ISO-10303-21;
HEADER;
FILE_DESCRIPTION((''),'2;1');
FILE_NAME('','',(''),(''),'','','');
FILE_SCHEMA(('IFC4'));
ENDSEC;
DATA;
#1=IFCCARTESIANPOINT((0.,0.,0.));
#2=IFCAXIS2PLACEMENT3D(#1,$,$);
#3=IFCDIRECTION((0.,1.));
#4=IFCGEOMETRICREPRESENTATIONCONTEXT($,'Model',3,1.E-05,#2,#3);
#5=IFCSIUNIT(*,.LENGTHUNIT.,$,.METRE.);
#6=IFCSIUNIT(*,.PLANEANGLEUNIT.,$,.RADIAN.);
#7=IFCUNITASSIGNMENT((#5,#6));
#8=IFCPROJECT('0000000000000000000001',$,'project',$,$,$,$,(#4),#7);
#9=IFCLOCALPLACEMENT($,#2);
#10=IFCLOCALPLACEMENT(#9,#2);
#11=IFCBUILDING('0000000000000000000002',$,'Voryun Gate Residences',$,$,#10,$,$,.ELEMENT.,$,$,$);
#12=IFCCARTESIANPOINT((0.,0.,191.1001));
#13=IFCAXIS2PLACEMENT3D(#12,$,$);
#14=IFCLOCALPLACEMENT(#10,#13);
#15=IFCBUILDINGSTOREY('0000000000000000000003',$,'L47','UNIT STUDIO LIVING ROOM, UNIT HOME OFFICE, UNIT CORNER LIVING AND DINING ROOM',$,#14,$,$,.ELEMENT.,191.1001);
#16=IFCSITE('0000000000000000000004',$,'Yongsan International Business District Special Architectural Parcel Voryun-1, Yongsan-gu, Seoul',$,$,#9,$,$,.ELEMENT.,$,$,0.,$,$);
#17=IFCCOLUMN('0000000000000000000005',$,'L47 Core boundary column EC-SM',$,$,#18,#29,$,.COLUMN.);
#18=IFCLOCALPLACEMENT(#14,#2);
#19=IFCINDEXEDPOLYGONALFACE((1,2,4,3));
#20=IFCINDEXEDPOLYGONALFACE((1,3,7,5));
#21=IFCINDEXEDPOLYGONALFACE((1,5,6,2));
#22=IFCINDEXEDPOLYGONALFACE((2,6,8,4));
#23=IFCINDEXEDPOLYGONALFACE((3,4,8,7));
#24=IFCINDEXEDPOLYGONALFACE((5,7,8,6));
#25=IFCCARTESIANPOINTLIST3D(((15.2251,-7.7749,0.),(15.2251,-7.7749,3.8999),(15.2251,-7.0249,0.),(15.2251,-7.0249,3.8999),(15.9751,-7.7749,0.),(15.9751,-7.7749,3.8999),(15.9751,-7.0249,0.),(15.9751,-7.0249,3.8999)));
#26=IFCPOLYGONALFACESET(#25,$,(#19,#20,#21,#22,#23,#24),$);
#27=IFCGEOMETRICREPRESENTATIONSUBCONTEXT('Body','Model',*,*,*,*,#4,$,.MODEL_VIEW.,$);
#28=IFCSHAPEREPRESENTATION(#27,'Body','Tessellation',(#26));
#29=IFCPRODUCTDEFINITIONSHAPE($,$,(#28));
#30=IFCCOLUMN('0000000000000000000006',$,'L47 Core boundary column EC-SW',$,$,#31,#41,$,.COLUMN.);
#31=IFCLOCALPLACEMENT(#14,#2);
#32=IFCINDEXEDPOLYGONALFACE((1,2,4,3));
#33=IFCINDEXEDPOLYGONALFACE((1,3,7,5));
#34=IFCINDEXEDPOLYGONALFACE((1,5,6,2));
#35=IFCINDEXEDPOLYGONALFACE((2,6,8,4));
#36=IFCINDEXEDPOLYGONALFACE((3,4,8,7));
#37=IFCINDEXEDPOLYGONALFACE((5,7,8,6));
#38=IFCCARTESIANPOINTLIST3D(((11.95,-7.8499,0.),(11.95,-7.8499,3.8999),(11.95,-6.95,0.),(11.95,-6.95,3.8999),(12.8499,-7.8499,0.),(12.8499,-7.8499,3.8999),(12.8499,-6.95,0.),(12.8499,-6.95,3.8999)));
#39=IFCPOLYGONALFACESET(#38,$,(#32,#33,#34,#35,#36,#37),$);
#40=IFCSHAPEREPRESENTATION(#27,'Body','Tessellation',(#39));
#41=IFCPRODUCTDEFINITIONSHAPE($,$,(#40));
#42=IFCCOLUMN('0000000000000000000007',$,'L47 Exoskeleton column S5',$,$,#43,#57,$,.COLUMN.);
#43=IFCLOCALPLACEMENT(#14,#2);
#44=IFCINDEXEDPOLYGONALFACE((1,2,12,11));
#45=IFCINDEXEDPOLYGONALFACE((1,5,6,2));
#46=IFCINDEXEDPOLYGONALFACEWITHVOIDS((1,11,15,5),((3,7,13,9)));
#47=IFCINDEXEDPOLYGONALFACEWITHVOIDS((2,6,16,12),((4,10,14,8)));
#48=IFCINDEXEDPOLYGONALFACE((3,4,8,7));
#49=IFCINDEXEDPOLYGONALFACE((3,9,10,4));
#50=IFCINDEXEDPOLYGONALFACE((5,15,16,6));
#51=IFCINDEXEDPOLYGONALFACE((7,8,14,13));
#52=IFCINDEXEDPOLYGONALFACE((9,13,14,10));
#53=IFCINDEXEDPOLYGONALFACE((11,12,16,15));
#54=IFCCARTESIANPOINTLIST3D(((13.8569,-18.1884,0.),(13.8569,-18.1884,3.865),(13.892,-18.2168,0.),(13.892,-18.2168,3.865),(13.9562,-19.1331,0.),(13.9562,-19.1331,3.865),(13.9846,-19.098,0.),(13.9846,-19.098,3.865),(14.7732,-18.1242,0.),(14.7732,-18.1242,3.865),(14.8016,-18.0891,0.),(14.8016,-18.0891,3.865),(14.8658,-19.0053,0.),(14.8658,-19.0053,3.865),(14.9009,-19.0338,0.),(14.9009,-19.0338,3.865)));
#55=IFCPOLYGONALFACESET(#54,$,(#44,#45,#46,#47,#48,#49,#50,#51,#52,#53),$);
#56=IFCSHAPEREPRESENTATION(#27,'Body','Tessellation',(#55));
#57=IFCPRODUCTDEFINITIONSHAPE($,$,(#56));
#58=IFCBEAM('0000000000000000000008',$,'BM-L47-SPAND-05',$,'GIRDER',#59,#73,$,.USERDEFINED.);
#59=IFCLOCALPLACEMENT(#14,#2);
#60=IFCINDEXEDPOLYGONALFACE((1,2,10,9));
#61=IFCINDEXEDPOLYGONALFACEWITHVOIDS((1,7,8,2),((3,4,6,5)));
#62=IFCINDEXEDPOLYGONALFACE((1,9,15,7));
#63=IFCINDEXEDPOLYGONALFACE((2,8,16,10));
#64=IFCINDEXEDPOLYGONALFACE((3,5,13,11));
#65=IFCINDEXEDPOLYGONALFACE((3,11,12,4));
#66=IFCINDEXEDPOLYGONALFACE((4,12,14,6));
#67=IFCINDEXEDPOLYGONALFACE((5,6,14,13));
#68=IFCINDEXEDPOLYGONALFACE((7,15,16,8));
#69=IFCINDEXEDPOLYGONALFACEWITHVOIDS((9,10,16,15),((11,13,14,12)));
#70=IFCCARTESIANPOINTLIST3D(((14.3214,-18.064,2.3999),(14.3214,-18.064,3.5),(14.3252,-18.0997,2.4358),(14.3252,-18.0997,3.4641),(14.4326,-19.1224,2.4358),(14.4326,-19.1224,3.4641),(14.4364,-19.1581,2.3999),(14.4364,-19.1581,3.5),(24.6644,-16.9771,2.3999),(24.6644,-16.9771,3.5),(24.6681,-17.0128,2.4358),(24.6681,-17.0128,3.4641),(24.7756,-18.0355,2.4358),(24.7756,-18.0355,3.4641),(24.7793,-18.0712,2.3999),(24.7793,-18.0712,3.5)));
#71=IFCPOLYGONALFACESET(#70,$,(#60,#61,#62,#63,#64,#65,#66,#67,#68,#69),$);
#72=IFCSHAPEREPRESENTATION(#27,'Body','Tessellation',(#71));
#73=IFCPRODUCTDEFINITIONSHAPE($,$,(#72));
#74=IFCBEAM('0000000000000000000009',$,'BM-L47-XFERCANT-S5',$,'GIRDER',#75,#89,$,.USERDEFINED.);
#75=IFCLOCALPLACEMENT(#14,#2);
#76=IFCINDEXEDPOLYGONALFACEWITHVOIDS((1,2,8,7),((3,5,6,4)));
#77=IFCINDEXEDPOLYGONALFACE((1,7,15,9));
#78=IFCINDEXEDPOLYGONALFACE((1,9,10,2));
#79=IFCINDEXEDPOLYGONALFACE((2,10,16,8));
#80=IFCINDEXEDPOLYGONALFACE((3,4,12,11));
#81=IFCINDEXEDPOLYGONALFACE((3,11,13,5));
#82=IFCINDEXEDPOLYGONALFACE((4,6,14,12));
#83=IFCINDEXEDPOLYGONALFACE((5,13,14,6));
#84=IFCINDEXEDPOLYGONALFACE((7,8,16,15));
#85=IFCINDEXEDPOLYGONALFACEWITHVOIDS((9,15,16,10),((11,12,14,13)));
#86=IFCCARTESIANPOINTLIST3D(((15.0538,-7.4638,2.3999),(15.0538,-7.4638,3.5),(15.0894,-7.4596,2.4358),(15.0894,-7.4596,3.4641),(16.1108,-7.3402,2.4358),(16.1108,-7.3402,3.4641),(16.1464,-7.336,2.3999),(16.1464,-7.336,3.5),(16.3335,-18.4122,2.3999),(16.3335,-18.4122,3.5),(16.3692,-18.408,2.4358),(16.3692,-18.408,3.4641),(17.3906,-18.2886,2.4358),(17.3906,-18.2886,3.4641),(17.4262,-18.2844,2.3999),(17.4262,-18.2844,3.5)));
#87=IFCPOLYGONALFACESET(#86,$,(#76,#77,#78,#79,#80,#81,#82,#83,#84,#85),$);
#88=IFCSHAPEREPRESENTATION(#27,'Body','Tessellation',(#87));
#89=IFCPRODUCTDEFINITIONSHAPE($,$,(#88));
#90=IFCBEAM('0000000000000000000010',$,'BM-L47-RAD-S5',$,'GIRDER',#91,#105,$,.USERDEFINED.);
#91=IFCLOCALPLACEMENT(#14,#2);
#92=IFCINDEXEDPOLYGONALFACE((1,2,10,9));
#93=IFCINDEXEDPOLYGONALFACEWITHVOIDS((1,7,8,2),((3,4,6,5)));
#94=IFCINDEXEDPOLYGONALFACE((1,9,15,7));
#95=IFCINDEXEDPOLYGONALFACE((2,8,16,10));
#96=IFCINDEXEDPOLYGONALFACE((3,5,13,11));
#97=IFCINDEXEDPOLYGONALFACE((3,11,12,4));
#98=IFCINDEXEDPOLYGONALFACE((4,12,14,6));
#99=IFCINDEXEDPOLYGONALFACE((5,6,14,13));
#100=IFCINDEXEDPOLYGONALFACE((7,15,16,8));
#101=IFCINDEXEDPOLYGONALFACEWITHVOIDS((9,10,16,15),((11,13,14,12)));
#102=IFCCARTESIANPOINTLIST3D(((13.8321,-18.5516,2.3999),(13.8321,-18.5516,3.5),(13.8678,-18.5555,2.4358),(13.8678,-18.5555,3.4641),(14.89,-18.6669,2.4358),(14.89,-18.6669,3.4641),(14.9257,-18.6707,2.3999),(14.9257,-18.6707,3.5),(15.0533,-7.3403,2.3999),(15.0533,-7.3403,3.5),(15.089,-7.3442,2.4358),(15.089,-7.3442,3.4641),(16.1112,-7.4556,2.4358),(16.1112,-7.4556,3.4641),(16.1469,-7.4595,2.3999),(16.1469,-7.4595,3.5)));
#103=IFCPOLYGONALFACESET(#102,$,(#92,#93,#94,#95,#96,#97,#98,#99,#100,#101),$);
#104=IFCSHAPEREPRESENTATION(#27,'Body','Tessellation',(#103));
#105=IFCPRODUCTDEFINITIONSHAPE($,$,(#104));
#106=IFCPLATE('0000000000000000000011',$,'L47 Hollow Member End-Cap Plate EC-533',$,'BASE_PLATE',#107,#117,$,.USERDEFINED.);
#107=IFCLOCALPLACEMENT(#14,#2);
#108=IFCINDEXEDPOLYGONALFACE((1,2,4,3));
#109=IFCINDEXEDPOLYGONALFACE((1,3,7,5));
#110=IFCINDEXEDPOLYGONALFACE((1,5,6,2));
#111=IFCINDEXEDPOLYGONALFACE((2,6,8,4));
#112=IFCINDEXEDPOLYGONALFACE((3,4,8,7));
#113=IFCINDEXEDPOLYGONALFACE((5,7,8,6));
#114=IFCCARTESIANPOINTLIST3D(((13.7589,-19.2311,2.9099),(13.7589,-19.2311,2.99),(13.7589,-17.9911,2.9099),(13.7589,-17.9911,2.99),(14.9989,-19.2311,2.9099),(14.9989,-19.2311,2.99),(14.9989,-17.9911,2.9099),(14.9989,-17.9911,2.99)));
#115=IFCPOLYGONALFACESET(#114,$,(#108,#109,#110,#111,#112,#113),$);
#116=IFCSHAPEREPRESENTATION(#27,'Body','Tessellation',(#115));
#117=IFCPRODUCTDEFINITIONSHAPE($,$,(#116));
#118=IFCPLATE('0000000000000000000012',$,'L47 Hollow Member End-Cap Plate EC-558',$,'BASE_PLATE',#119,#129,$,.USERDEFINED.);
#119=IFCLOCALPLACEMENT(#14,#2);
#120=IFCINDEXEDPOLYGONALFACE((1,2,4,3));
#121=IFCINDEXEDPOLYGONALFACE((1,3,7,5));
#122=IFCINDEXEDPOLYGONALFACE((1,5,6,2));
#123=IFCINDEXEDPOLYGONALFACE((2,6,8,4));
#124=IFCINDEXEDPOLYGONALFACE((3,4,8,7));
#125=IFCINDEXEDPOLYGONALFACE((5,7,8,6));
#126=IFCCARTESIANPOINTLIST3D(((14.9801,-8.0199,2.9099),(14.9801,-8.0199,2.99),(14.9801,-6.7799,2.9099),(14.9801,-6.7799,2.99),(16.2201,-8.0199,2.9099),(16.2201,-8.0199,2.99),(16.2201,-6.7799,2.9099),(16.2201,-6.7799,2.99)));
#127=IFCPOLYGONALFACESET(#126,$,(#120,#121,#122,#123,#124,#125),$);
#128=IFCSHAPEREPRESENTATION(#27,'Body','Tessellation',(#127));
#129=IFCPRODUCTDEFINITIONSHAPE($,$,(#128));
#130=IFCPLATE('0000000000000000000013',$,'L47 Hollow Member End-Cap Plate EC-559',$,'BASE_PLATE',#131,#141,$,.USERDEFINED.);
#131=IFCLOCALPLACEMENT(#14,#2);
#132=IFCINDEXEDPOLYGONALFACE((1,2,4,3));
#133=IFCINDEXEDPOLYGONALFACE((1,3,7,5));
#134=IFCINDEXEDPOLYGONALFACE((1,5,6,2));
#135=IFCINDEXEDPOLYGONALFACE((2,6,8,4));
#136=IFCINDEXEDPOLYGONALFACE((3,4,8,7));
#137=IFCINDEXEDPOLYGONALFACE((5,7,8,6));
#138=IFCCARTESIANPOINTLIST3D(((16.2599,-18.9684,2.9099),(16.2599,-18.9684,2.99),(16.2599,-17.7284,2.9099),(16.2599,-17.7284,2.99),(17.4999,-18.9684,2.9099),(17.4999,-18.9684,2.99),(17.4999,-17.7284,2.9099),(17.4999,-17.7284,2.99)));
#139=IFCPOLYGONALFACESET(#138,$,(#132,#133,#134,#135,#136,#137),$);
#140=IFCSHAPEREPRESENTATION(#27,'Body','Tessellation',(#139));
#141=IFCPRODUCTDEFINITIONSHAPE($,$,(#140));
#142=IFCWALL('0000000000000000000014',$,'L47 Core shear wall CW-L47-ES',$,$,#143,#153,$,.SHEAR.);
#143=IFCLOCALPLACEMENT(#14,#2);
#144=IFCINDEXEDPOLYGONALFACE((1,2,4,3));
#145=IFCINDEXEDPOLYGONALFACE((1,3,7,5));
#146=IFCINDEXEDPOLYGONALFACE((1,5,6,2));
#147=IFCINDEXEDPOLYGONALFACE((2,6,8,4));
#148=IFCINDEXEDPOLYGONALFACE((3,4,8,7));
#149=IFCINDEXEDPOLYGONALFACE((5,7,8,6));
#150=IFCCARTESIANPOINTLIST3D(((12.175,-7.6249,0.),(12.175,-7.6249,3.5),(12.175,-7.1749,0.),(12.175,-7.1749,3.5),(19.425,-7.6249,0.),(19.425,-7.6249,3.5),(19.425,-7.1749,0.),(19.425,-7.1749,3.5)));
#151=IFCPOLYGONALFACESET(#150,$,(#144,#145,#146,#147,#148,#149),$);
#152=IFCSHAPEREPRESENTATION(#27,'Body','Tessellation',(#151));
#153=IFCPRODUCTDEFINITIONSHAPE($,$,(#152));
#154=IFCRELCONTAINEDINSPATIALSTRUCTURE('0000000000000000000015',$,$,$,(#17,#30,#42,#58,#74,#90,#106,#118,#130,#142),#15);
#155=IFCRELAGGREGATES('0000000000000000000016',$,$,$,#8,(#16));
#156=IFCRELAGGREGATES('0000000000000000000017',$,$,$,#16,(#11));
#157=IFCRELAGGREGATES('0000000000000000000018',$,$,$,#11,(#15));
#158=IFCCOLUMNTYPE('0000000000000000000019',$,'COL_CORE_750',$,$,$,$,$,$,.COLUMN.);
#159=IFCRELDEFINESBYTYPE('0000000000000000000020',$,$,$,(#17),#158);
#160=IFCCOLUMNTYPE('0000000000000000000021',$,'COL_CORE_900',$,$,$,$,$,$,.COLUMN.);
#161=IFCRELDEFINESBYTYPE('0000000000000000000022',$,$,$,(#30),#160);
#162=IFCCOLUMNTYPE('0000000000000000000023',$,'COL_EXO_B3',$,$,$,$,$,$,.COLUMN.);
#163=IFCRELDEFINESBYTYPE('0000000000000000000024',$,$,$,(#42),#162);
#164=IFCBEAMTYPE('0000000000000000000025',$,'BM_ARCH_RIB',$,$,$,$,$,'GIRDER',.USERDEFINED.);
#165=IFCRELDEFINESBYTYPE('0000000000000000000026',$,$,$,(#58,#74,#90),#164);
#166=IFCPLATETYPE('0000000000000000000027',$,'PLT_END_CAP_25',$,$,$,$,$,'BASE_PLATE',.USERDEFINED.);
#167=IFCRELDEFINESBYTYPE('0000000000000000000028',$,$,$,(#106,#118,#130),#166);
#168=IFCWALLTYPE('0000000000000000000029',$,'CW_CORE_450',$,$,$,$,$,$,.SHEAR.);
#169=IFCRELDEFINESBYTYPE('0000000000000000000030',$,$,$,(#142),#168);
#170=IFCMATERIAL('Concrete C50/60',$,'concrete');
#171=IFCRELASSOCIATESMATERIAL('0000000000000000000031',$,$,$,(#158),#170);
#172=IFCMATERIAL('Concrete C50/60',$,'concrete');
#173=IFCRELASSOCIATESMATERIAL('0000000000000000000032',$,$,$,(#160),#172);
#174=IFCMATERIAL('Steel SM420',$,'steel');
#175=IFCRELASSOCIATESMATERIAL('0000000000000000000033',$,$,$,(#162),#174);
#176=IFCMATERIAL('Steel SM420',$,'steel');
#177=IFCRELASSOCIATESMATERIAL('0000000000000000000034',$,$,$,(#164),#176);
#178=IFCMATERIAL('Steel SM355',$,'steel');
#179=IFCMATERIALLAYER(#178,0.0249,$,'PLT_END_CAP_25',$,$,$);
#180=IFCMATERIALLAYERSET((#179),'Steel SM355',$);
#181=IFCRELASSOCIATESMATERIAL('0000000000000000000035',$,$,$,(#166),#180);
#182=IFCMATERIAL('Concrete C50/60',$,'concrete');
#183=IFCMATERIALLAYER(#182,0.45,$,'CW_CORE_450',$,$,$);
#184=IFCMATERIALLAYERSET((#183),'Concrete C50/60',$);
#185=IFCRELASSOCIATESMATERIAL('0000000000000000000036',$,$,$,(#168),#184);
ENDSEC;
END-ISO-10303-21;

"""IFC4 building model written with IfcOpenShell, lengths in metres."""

from ifc_helpers import new_model, si_unit, direction, frame, frame_2d, origin, origin_2d, place, context, subcontext, project, spatial, rectangle, hollow_rectangle, extrude, material, layer, layer_set, material_profile, profile_set, type_object, element, save


model = new_model("IFC4")

# Units and contexts
model_context = context("Model", 3, precision=1e-05, world=origin(), true_north=direction((0.0, 1.0)))
body_context = subcontext(model_context, "Body", "Model", "MODEL_VIEW")
ifc_project = project(units=[si_unit("LENGTHUNIT", "METRE"), si_unit("PLANEANGLEUNIT", "RADIAN")], contexts=[model_context])

# Site, building, storey
site_placement = place(None, origin())
site = spatial("IfcSite", under=ifc_project, at=site_placement, Name="Yongsan International Business District Special Architectural Parcel Voryun-1, Yongsan-gu, Seoul", CompositionType="ELEMENT", RefElevation=0.0)
building_placement = place(site_placement, origin())
building = spatial("IfcBuilding", under=site, at=building_placement, Name="Voryun Gate Residences", CompositionType="ELEMENT")
storey_placement = place(building_placement, frame((0.0, 0.0, 191.1001)))
storey = spatial("IfcBuildingStorey", under=building, at=storey_placement, Name="L47", Description="UNIT STUDIO LIVING ROOM, UNIT HOME OFFICE, UNIT CORNER LIVING AND DINING ROOM", CompositionType="ELEMENT", Elevation=191.1001)

# Columns
ifc_material_1 = material(Name="Concrete C50/60", Category="concrete")
ifc_material_profile_1 = material_profile(ifc_material_1, rectangle(XDim=0.75, YDim=0.75, at=origin_2d()), Name="RC-750x750")
ifc_profile_set_1 = profile_set([ifc_material_profile_1], Name="Concrete C50/60")
column_type_1 = type_object("IfcColumnType", Name="COL_CORE_750", PredefinedType="COLUMN", material=ifc_profile_set_1)
column_1_placement = place(storey_placement, frame((15.6001, -7.3999, 0.0), z_axis=(0.0, 0.0, 1.0), x_axis=(1.0, 0.0, 0.0)))
element("IfcColumn", 1, at=column_1_placement, inside=storey, type_object=column_type_1, Name="L47 Core boundary column EC-SM", PredefinedType="COLUMN", context=body_context, shape_type="SweptSolid", body=[
    extrude(rectangle(XDim=0.75, YDim=0.75, at=origin_2d()), origin(), (0.0, 0.0, 1.0), 3.8999),
])
ifc_material_2 = material(Name="Concrete C50/60", Category="concrete")
ifc_material_profile_2 = material_profile(ifc_material_2, rectangle(XDim=0.8999, YDim=0.8999, at=origin_2d()), Name="RC-900x900")
ifc_profile_set_2 = profile_set([ifc_material_profile_2], Name="Concrete C50/60")
column_type_2 = type_object("IfcColumnType", Name="COL_CORE_900", PredefinedType="COLUMN", material=ifc_profile_set_2)
column_2_placement = place(storey_placement, frame((12.3999, -7.3999, 0.0), z_axis=(0.0, 0.0, 1.0), x_axis=(1.0, 0.0, 0.0)))
element("IfcColumn", 2, at=column_2_placement, inside=storey, type_object=column_type_2, Name="L47 Core boundary column EC-SW", PredefinedType="COLUMN", context=body_context, shape_type="SweptSolid", body=[
    extrude(rectangle(XDim=0.8999, YDim=0.8999, at=origin_2d()), origin(), (0.0, 0.0, 1.0), 3.8999),
])
ifc_material_3 = material(Name="Steel SM420", Category="steel")
ifc_material_profile_3 = material_profile(ifc_material_3, hollow_rectangle(XDim=0.95, YDim=0.95, WallThickness=0.032, at=origin_2d()), Name="BOX-950x950x32")
ifc_profile_set_3 = profile_set([ifc_material_profile_3], Name="Steel SM420")
column_type_3 = type_object("IfcColumnType", Name="COL_EXO_B3", PredefinedType="COLUMN", material=ifc_profile_set_3)
column_3_placement = place(storey_placement, frame((14.3789, -18.6111, 0.0), z_axis=(0.0, 0.0, 1.0), x_axis=(0.994522, 0.104528, 0.0)))
element("IfcColumn", 3, at=column_3_placement, inside=storey, type_object=column_type_3, Name="L47 Exoskeleton column S5", PredefinedType="COLUMN", context=body_context, shape_type="SweptSolid", body=[
    extrude(hollow_rectangle(XDim=0.95, YDim=0.95, WallThickness=0.032, at=origin_2d()), origin(), (0.0, 0.0, 1.0), 3.865),
])

# Beams
ifc_material_4 = material(Name="Steel SM420", Category="steel")
ifc_material_profile_4 = material_profile(ifc_material_4, hollow_rectangle(XDim=1.1001, YDim=1.1001, WallThickness=0.0359, at=origin_2d()), Name="BOX-1100x1100x36")
ifc_profile_set_4 = profile_set([ifc_material_profile_4], Name="Steel SM420")
beam_type = type_object("IfcBeamType", Name="BM_ARCH_RIB", ElementType="GIRDER", PredefinedType="USERDEFINED", material=ifc_profile_set_4)
beam_1_placement = place(storey_placement, frame((14.3789, -18.6111, 2.95), z_axis=(0.994524, 0.104511, 0.0), x_axis=(-0.104511, 0.994524, 0.0)))
element("IfcBeam", 4, at=beam_1_placement, inside=storey, type_object=beam_type, Name="BM-L47-SPAND-05", ObjectType="GIRDER", PredefinedType="USERDEFINED", context=body_context, shape_type="SweptSolid", body=[
    extrude(hollow_rectangle(XDim=1.1001, YDim=1.1001, WallThickness=0.0359, at=origin_2d()), origin(), (0.0, 0.0, 1.0), 10.3999),
])
beam_2_placement = place(storey_placement, frame((15.6001, -7.3999, 2.95), z_axis=(0.116101, -0.993237, 0.0), x_axis=(0.993237, 0.116101, 0.0)))
element("IfcBeam", 5, at=beam_2_placement, inside=storey, type_object=beam_type, Name="BM-L47-XFERCANT-S5", ObjectType="GIRDER", PredefinedType="USERDEFINED", context=body_context, shape_type="SweptSolid", body=[
    extrude(hollow_rectangle(XDim=1.1001, YDim=1.1001, WallThickness=0.0359, at=origin_2d()), origin(), (0.0, 0.0, 1.0), 11.0229),
])
beam_3_placement = place(storey_placement, frame((15.6001, -7.3999, 2.95), z_axis=(-0.108286, -0.99412, 0.0), x_axis=(0.99412, -0.108286, 0.0)))
element("IfcBeam", 6, at=beam_3_placement, inside=storey, type_object=beam_type, Name="BM-L47-RAD-S5", ObjectType="GIRDER", PredefinedType="USERDEFINED", context=body_context, shape_type="SweptSolid", body=[
    extrude(hollow_rectangle(XDim=1.1001, YDim=1.1001, WallThickness=0.0359, at=origin_2d()), origin(), (0.0, 0.0, 1.0), 11.2776),
])

# Plates
ifc_material_5 = material(Name="Steel SM355", Category="steel")
ifc_layer_1 = layer(ifc_material_5, 0.0249, Name="PLT_END_CAP_25")
ifc_layer_set_1 = layer_set([ifc_layer_1], Name="Steel SM355")
plate_type = type_object("IfcPlateType", Name="PLT_END_CAP_25", ElementType="BASE_PLATE", PredefinedType="USERDEFINED", material=ifc_layer_set_1)
for number, where, z_axis, x_axis, name in (
    (7, (14.3789, -18.6111, 2.9099), (0.0, 0.0, 1.0), (1.0, 0.0, 0.0), "L47 Hollow Member End-Cap Plate EC-533"),
    (8, (15.6001, -7.3999, 2.9099), (0.0, 0.0, 1.0), (1.0, 0.0, 0.0), "L47 Hollow Member End-Cap Plate EC-558"),
    (9, (16.8799, -18.3484, 2.9099), (0.0, 0.0, 1.0), (1.0, 0.0, 0.0), "L47 Hollow Member End-Cap Plate EC-559"),
):
    element("IfcPlate", number, at=place(storey_placement, frame(where, z_axis=z_axis, x_axis=x_axis)), inside=storey, type_object=plate_type, Name=name, ObjectType="BASE_PLATE", PredefinedType="USERDEFINED", context=body_context, shape_type="SweptSolid", body=[
        extrude(rectangle(XDim=1.24, YDim=1.24, at=origin_2d()), origin(), (0.0, 0.0, 1.0), 0.0801),
    ])

# Wall
ifc_material_6 = material(Name="Concrete C50/60", Category="concrete")
ifc_layer_2 = layer(ifc_material_6, 0.45, Name="CW_CORE_450")
ifc_layer_set_2 = layer_set([ifc_layer_2], Name="Concrete C50/60")
wall_type_1 = type_object("IfcWallType", Name="CW_CORE_450", PredefinedType="SHEAR", material=ifc_layer_set_2)
wall_1_placement = place(storey_placement, frame((12.175, -7.3999, 0.0), z_axis=(0.0, 0.0, 1.0), x_axis=(1.0, 0.0, 0.0)))
element("IfcWall", 10, at=wall_1_placement, inside=storey, type_object=wall_type_1, Name="L47 Core shear wall CW-L47-ES", PredefinedType="SHEAR", context=body_context, shape_type="SweptSolid", body=[
    extrude(rectangle(XDim=7.25, YDim=0.45, at=frame_2d((3.625, 0.0))), origin(), (0.0, 0.0, 1.0), 3.5),
])

save(model, "model.ifc")
